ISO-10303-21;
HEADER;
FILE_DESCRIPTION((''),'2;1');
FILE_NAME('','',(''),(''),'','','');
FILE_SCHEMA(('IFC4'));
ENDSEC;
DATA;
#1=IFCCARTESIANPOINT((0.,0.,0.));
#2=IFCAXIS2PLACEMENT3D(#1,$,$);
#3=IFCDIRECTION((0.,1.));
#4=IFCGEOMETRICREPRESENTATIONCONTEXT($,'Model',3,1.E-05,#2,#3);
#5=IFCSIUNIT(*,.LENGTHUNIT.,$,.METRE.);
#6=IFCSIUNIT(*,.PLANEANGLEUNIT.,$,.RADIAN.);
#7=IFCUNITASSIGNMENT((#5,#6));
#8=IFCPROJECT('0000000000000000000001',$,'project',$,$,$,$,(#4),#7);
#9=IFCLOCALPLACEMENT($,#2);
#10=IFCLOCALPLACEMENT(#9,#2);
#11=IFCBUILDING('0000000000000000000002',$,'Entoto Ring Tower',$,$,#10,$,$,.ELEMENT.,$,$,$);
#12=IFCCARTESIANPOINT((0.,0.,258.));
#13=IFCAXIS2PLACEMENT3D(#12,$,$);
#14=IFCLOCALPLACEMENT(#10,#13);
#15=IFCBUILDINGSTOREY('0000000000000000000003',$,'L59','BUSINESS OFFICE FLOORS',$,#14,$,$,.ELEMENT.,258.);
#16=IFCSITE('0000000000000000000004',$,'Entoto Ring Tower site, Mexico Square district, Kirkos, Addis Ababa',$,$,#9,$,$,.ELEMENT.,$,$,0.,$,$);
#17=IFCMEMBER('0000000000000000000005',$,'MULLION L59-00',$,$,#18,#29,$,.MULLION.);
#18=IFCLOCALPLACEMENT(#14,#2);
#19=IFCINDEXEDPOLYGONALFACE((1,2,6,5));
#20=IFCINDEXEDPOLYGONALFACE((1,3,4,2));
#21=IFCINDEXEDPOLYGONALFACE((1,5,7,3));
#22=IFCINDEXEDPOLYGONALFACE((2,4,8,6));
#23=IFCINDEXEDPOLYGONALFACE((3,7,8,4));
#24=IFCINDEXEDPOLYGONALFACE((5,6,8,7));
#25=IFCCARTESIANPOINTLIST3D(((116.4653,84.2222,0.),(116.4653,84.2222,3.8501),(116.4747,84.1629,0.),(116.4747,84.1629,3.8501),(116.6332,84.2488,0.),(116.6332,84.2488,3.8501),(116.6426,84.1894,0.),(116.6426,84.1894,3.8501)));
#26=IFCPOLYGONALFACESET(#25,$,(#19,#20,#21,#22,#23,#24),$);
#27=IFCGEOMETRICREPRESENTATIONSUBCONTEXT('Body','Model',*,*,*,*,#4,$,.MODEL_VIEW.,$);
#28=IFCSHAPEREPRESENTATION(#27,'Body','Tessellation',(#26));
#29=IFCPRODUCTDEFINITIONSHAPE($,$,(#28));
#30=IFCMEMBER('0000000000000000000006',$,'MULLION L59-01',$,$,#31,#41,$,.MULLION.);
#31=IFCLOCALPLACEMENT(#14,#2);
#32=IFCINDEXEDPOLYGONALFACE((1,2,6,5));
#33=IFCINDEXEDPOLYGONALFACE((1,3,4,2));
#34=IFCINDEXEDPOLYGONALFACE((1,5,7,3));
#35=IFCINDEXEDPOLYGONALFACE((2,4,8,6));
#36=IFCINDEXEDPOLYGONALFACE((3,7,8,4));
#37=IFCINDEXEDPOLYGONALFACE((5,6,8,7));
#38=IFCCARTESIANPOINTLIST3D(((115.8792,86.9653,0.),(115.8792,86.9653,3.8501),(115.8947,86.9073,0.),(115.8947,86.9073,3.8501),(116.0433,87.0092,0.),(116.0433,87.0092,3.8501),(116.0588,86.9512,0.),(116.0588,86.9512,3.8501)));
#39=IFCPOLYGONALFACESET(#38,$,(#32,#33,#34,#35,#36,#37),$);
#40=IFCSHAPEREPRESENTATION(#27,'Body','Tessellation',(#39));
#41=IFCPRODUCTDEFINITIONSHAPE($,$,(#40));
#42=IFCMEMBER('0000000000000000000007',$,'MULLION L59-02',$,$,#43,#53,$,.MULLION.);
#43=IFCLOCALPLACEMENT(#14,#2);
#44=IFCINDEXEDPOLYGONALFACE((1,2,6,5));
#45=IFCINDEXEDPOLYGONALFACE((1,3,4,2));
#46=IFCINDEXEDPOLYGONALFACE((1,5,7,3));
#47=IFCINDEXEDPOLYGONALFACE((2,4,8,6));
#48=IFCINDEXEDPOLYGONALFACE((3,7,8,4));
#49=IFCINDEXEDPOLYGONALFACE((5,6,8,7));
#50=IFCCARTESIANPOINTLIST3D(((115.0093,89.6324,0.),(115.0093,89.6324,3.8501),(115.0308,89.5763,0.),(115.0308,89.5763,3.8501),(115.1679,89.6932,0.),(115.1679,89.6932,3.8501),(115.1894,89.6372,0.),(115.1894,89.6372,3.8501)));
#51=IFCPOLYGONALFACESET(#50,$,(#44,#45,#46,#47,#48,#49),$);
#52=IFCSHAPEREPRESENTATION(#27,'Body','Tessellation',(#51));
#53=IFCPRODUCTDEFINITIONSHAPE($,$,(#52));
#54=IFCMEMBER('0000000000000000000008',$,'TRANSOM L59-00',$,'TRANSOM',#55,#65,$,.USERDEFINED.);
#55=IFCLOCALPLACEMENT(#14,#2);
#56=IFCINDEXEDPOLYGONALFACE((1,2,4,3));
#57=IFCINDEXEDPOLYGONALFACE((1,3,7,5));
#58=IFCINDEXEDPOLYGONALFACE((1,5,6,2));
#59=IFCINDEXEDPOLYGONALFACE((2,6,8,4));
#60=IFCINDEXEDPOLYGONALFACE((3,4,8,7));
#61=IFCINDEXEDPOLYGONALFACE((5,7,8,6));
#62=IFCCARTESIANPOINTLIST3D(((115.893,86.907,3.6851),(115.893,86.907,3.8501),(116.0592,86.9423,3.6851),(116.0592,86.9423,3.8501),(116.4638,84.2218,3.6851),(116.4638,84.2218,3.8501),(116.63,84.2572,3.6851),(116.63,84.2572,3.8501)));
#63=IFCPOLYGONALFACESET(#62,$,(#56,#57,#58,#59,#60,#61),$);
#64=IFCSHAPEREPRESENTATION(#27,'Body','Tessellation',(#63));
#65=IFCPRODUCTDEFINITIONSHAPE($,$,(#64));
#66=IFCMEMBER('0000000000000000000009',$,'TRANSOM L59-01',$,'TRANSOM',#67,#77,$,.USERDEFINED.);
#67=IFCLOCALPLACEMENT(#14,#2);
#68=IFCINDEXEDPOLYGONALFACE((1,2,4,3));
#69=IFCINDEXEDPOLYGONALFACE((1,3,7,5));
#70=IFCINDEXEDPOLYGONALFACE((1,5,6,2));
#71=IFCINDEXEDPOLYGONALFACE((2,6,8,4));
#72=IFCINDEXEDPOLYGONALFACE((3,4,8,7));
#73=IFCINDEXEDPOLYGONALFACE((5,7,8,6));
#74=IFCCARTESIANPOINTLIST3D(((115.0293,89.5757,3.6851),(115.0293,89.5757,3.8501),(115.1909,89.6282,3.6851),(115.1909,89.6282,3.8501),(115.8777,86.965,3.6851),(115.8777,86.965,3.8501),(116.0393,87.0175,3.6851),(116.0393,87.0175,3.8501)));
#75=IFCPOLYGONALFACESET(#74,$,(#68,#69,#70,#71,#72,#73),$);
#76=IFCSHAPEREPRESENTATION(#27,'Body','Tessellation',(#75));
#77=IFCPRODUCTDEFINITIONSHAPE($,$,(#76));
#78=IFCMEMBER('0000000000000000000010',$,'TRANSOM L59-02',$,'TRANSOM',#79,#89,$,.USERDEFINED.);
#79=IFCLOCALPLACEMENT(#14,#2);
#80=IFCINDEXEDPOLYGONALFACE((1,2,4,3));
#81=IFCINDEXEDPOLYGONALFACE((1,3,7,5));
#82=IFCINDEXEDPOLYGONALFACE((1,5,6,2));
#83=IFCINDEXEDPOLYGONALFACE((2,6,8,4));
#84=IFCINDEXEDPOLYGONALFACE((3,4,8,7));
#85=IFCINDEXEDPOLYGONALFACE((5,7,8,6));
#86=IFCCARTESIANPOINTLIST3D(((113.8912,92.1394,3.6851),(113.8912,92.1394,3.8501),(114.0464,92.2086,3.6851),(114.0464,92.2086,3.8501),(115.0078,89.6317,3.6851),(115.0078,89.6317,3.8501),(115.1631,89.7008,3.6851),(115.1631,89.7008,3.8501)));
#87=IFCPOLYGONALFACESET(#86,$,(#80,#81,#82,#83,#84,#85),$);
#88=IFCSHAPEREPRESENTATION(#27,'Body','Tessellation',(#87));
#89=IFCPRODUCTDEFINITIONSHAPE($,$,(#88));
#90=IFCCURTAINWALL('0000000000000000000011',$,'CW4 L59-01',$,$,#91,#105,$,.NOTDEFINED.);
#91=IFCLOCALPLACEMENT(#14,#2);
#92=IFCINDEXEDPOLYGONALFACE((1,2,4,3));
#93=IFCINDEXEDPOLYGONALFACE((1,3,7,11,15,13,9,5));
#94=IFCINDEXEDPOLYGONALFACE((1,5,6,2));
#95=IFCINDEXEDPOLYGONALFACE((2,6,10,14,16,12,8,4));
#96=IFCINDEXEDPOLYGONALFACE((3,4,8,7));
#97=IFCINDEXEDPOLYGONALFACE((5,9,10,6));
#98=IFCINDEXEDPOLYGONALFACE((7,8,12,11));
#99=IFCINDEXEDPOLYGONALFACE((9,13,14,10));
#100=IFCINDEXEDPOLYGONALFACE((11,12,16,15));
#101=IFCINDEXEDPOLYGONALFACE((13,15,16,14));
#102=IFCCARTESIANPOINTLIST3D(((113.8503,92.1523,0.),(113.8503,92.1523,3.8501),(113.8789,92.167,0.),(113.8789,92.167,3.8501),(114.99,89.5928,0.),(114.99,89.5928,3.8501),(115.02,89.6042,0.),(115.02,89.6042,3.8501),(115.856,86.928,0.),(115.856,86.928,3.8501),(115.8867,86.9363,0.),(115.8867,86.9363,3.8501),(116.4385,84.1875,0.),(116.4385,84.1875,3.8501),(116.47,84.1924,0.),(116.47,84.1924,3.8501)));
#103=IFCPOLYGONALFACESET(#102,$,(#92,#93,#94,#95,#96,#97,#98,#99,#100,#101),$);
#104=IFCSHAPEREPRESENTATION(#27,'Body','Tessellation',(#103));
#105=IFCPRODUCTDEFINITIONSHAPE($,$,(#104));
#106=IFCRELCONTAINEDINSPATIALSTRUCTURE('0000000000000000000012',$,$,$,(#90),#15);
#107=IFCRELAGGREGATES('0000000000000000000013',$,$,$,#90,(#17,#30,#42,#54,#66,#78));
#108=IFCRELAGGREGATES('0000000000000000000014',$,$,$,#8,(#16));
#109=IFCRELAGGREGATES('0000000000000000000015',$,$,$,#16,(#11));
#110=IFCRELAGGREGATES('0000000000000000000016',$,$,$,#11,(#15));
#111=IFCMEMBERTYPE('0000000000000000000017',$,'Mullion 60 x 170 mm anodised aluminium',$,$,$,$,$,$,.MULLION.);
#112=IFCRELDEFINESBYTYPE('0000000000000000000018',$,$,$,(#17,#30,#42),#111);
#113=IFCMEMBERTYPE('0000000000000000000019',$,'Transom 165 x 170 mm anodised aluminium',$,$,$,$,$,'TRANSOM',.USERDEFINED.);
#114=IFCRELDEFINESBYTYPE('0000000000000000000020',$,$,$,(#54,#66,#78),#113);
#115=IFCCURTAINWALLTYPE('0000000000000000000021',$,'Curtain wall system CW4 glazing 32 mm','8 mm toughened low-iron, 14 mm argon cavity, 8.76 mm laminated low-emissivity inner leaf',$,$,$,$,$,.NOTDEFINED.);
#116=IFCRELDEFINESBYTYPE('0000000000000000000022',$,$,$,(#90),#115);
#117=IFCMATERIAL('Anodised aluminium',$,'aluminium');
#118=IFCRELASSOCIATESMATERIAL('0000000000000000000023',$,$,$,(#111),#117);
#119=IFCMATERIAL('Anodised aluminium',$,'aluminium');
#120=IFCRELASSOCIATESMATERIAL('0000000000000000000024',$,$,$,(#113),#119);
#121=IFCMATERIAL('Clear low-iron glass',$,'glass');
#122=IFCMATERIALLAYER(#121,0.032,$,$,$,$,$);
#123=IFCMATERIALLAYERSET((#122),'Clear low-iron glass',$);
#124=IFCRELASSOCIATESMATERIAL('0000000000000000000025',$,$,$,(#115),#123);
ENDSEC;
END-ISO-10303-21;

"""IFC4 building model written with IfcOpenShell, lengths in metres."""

from ifc_helpers import new_model, si_unit, direction, frame, origin, origin_2d, place, context, subcontext, project, spatial, polyline, rectangle, outline, extrude, material, layer, layer_set, material_profile, profile_set, type_object, element, aggregate, save


model = new_model("IFC4")

# Units and contexts
model_context = context("Model", 3, precision=1e-05, world=origin(), true_north=direction((0.0, 1.0)))
body_context = subcontext(model_context, "Body", "Model", "MODEL_VIEW")
ifc_project = project(units=[si_unit("LENGTHUNIT", "METRE"), si_unit("PLANEANGLEUNIT", "RADIAN")], contexts=[model_context])

# Members
ifc_material_1 = material(Name="Anodised aluminium", Category="aluminium")
ifc_material_profile_1 = material_profile(ifc_material_1, rectangle(XDim=0.0601, YDim=0.1699, at=origin_2d()), Name="Mullion 60 x 170 mm anodised aluminium")
ifc_profile_set_1 = profile_set([ifc_material_profile_1], Name="Anodised aluminium")
member_type_1 = type_object("IfcMemberType", Name="Mullion 60 x 170 mm anodised aluminium", PredefinedType="MULLION", material=ifc_profile_set_1)
site_placement = place(None, origin())
building_placement = place(site_placement, origin())
storey_placement = place(building_placement, frame((0.0, 0.0, 258.0)))
member_1_placement = place(storey_placement, frame((116.554, 84.2058, 0.0), z_axis=(0.0, 0.0, 1.0), x_axis=(-0.156434, 0.987688, 0.0)))
member_1 = element("IfcMember", 1, at=member_1_placement, type_object=member_type_1, Name="MULLION L59-00", PredefinedType="MULLION", context=body_context, shape_type="SweptSolid", body=[
    extrude(rectangle(XDim=0.0601, YDim=0.1699, at=origin_2d()), origin(), (0.0, 0.0, 1.0), 3.8501),
])
member_2_placement = place(storey_placement, frame((115.969, 86.9583, 0.0), z_axis=(0.0, 0.0, 1.0), x_axis=(-0.258819, 0.965926, 0.0)))
member_2 = element("IfcMember", 2, at=member_2_placement, type_object=member_type_1, Name="MULLION L59-01", PredefinedType="MULLION", context=body_context, shape_type="SweptSolid", body=[
    extrude(rectangle(XDim=0.0601, YDim=0.1699, at=origin_2d()), origin(), (0.0, 0.0, 1.0), 3.8501),
])
member_3_placement = place(storey_placement, frame((115.0994, 89.6348, 0.0), z_axis=(0.0, 0.0, 1.0), x_axis=(-0.358368, 0.93358, 0.0)))
member_3 = element("IfcMember", 3, at=member_3_placement, type_object=member_type_1, Name="MULLION L59-02", PredefinedType="MULLION", context=body_context, shape_type="SweptSolid", body=[
    extrude(rectangle(XDim=0.0601, YDim=0.1699, at=origin_2d()), origin(), (0.0, 0.0, 1.0), 3.8501),
])
ifc_material_2 = material(Name="Anodised aluminium", Category="aluminium")
ifc_material_profile_2 = material_profile(ifc_material_2, rectangle(XDim=0.1699, YDim=0.165, at=origin_2d()), Name="Transom 165 x 170 mm anodised aluminium")
ifc_profile_set_2 = profile_set([ifc_material_profile_2], Name="Anodised aluminium")
member_type_2 = type_object("IfcMemberType", Name="Transom 165 x 170 mm anodised aluminium", ElementType="TRANSOM", PredefinedType="USERDEFINED", material=ifc_profile_set_2)
member_4_placement = place(storey_placement, frame((116.5469, 84.2395, 3.7676), z_axis=(-0.207937, 0.978142, 0.0), x_axis=(-0.978142, -0.207937, 0.0)))
member_4 = element("IfcMember", 4, at=member_4_placement, type_object=member_type_2, Name="TRANSOM L59-00", ObjectType="TRANSOM", PredefinedType="USERDEFINED", context=body_context, shape_type="SweptSolid", body=[
    extrude(rectangle(XDim=0.1699, YDim=0.165, at=origin_2d()), origin(), (0.0, 0.0, 1.0), 2.7451),
])
member_5_placement = place(storey_placement, frame((115.9585, 86.9912, 3.7676), z_axis=(-0.309042, 0.951048, 0.0), x_axis=(-0.951048, -0.309042, 0.0)))
member_5 = element("IfcMember", 5, at=member_5_placement, type_object=member_type_2, Name="TRANSOM L59-01", ObjectType="TRANSOM", PredefinedType="USERDEFINED", context=body_context, shape_type="SweptSolid", body=[
    extrude(rectangle(XDim=0.1699, YDim=0.165, at=origin_2d()), origin(), (0.0, 0.0, 1.0), 2.7451),
])
member_6_placement = place(storey_placement, frame((115.0854, 89.6663, 3.7676), z_axis=(-0.406782, 0.913525, 0.0), x_axis=(-0.913525, -0.406782, 0.0)))
member_6 = element("IfcMember", 6, at=member_6_placement, type_object=member_type_2, Name="TRANSOM L59-02", ObjectType="TRANSOM", PredefinedType="USERDEFINED", context=body_context, shape_type="SweptSolid", body=[
    extrude(rectangle(XDim=0.1699, YDim=0.165, at=origin_2d()), origin(), (0.0, 0.0, 1.0), 2.7451),
])

# Site, building, storey
site = spatial("IfcSite", under=ifc_project, at=site_placement, Name="Entoto Ring Tower site, Mexico Square district, Kirkos, Addis Ababa", CompositionType="ELEMENT", RefElevation=0.0)
building = spatial("IfcBuilding", under=site, at=building_placement, Name="Entoto Ring Tower", CompositionType="ELEMENT")
storey = spatial("IfcBuildingStorey", under=building, at=storey_placement, Name="L59", Description="BUSINESS OFFICE FLOORS", CompositionType="ELEMENT", Elevation=258.0)

# Curtain wall
ifc_material_3 = material(Name="Clear low-iron glass", Category="glass")
ifc_layer_1 = layer(ifc_material_3, 0.032)
ifc_layer_set_1 = layer_set([ifc_layer_1], Name="Clear low-iron glass")
curtain_wall_type = type_object("IfcCurtainWallType", Name="Curtain wall system CW4 glazing 32 mm", Description="8 mm toughened low-iron, 14 mm argon cavity, 8.76 mm laminated low-emissivity inner leaf", PredefinedType="NOTDEFINED", material=ifc_layer_set_1)
curtain_wall_1_placement = place(storey_placement, origin())
curtain_wall_1 = element("IfcCurtainWall", 7, at=curtain_wall_1_placement, inside=storey, type_object=curtain_wall_type, Name="CW4 L59-01", PredefinedType="NOTDEFINED", context=body_context, shape_type="SweptSolid", body=[
    extrude(outline(polyline([(116.47, 84.1924), (115.8867, 86.9363), (115.02, 89.6042), (113.8789, 92.167), (113.8503, 92.1523), (114.99, 89.5928), (115.856, 86.928), (116.4385, 84.1875), (116.47, 84.1924)])), origin(), (0.0, 0.0, 1.0), 3.8501),
])
aggregate(curtain_wall_1, [member_1, member_2, member_3, member_4, member_5, member_6])

save(model, "model.ifc")
